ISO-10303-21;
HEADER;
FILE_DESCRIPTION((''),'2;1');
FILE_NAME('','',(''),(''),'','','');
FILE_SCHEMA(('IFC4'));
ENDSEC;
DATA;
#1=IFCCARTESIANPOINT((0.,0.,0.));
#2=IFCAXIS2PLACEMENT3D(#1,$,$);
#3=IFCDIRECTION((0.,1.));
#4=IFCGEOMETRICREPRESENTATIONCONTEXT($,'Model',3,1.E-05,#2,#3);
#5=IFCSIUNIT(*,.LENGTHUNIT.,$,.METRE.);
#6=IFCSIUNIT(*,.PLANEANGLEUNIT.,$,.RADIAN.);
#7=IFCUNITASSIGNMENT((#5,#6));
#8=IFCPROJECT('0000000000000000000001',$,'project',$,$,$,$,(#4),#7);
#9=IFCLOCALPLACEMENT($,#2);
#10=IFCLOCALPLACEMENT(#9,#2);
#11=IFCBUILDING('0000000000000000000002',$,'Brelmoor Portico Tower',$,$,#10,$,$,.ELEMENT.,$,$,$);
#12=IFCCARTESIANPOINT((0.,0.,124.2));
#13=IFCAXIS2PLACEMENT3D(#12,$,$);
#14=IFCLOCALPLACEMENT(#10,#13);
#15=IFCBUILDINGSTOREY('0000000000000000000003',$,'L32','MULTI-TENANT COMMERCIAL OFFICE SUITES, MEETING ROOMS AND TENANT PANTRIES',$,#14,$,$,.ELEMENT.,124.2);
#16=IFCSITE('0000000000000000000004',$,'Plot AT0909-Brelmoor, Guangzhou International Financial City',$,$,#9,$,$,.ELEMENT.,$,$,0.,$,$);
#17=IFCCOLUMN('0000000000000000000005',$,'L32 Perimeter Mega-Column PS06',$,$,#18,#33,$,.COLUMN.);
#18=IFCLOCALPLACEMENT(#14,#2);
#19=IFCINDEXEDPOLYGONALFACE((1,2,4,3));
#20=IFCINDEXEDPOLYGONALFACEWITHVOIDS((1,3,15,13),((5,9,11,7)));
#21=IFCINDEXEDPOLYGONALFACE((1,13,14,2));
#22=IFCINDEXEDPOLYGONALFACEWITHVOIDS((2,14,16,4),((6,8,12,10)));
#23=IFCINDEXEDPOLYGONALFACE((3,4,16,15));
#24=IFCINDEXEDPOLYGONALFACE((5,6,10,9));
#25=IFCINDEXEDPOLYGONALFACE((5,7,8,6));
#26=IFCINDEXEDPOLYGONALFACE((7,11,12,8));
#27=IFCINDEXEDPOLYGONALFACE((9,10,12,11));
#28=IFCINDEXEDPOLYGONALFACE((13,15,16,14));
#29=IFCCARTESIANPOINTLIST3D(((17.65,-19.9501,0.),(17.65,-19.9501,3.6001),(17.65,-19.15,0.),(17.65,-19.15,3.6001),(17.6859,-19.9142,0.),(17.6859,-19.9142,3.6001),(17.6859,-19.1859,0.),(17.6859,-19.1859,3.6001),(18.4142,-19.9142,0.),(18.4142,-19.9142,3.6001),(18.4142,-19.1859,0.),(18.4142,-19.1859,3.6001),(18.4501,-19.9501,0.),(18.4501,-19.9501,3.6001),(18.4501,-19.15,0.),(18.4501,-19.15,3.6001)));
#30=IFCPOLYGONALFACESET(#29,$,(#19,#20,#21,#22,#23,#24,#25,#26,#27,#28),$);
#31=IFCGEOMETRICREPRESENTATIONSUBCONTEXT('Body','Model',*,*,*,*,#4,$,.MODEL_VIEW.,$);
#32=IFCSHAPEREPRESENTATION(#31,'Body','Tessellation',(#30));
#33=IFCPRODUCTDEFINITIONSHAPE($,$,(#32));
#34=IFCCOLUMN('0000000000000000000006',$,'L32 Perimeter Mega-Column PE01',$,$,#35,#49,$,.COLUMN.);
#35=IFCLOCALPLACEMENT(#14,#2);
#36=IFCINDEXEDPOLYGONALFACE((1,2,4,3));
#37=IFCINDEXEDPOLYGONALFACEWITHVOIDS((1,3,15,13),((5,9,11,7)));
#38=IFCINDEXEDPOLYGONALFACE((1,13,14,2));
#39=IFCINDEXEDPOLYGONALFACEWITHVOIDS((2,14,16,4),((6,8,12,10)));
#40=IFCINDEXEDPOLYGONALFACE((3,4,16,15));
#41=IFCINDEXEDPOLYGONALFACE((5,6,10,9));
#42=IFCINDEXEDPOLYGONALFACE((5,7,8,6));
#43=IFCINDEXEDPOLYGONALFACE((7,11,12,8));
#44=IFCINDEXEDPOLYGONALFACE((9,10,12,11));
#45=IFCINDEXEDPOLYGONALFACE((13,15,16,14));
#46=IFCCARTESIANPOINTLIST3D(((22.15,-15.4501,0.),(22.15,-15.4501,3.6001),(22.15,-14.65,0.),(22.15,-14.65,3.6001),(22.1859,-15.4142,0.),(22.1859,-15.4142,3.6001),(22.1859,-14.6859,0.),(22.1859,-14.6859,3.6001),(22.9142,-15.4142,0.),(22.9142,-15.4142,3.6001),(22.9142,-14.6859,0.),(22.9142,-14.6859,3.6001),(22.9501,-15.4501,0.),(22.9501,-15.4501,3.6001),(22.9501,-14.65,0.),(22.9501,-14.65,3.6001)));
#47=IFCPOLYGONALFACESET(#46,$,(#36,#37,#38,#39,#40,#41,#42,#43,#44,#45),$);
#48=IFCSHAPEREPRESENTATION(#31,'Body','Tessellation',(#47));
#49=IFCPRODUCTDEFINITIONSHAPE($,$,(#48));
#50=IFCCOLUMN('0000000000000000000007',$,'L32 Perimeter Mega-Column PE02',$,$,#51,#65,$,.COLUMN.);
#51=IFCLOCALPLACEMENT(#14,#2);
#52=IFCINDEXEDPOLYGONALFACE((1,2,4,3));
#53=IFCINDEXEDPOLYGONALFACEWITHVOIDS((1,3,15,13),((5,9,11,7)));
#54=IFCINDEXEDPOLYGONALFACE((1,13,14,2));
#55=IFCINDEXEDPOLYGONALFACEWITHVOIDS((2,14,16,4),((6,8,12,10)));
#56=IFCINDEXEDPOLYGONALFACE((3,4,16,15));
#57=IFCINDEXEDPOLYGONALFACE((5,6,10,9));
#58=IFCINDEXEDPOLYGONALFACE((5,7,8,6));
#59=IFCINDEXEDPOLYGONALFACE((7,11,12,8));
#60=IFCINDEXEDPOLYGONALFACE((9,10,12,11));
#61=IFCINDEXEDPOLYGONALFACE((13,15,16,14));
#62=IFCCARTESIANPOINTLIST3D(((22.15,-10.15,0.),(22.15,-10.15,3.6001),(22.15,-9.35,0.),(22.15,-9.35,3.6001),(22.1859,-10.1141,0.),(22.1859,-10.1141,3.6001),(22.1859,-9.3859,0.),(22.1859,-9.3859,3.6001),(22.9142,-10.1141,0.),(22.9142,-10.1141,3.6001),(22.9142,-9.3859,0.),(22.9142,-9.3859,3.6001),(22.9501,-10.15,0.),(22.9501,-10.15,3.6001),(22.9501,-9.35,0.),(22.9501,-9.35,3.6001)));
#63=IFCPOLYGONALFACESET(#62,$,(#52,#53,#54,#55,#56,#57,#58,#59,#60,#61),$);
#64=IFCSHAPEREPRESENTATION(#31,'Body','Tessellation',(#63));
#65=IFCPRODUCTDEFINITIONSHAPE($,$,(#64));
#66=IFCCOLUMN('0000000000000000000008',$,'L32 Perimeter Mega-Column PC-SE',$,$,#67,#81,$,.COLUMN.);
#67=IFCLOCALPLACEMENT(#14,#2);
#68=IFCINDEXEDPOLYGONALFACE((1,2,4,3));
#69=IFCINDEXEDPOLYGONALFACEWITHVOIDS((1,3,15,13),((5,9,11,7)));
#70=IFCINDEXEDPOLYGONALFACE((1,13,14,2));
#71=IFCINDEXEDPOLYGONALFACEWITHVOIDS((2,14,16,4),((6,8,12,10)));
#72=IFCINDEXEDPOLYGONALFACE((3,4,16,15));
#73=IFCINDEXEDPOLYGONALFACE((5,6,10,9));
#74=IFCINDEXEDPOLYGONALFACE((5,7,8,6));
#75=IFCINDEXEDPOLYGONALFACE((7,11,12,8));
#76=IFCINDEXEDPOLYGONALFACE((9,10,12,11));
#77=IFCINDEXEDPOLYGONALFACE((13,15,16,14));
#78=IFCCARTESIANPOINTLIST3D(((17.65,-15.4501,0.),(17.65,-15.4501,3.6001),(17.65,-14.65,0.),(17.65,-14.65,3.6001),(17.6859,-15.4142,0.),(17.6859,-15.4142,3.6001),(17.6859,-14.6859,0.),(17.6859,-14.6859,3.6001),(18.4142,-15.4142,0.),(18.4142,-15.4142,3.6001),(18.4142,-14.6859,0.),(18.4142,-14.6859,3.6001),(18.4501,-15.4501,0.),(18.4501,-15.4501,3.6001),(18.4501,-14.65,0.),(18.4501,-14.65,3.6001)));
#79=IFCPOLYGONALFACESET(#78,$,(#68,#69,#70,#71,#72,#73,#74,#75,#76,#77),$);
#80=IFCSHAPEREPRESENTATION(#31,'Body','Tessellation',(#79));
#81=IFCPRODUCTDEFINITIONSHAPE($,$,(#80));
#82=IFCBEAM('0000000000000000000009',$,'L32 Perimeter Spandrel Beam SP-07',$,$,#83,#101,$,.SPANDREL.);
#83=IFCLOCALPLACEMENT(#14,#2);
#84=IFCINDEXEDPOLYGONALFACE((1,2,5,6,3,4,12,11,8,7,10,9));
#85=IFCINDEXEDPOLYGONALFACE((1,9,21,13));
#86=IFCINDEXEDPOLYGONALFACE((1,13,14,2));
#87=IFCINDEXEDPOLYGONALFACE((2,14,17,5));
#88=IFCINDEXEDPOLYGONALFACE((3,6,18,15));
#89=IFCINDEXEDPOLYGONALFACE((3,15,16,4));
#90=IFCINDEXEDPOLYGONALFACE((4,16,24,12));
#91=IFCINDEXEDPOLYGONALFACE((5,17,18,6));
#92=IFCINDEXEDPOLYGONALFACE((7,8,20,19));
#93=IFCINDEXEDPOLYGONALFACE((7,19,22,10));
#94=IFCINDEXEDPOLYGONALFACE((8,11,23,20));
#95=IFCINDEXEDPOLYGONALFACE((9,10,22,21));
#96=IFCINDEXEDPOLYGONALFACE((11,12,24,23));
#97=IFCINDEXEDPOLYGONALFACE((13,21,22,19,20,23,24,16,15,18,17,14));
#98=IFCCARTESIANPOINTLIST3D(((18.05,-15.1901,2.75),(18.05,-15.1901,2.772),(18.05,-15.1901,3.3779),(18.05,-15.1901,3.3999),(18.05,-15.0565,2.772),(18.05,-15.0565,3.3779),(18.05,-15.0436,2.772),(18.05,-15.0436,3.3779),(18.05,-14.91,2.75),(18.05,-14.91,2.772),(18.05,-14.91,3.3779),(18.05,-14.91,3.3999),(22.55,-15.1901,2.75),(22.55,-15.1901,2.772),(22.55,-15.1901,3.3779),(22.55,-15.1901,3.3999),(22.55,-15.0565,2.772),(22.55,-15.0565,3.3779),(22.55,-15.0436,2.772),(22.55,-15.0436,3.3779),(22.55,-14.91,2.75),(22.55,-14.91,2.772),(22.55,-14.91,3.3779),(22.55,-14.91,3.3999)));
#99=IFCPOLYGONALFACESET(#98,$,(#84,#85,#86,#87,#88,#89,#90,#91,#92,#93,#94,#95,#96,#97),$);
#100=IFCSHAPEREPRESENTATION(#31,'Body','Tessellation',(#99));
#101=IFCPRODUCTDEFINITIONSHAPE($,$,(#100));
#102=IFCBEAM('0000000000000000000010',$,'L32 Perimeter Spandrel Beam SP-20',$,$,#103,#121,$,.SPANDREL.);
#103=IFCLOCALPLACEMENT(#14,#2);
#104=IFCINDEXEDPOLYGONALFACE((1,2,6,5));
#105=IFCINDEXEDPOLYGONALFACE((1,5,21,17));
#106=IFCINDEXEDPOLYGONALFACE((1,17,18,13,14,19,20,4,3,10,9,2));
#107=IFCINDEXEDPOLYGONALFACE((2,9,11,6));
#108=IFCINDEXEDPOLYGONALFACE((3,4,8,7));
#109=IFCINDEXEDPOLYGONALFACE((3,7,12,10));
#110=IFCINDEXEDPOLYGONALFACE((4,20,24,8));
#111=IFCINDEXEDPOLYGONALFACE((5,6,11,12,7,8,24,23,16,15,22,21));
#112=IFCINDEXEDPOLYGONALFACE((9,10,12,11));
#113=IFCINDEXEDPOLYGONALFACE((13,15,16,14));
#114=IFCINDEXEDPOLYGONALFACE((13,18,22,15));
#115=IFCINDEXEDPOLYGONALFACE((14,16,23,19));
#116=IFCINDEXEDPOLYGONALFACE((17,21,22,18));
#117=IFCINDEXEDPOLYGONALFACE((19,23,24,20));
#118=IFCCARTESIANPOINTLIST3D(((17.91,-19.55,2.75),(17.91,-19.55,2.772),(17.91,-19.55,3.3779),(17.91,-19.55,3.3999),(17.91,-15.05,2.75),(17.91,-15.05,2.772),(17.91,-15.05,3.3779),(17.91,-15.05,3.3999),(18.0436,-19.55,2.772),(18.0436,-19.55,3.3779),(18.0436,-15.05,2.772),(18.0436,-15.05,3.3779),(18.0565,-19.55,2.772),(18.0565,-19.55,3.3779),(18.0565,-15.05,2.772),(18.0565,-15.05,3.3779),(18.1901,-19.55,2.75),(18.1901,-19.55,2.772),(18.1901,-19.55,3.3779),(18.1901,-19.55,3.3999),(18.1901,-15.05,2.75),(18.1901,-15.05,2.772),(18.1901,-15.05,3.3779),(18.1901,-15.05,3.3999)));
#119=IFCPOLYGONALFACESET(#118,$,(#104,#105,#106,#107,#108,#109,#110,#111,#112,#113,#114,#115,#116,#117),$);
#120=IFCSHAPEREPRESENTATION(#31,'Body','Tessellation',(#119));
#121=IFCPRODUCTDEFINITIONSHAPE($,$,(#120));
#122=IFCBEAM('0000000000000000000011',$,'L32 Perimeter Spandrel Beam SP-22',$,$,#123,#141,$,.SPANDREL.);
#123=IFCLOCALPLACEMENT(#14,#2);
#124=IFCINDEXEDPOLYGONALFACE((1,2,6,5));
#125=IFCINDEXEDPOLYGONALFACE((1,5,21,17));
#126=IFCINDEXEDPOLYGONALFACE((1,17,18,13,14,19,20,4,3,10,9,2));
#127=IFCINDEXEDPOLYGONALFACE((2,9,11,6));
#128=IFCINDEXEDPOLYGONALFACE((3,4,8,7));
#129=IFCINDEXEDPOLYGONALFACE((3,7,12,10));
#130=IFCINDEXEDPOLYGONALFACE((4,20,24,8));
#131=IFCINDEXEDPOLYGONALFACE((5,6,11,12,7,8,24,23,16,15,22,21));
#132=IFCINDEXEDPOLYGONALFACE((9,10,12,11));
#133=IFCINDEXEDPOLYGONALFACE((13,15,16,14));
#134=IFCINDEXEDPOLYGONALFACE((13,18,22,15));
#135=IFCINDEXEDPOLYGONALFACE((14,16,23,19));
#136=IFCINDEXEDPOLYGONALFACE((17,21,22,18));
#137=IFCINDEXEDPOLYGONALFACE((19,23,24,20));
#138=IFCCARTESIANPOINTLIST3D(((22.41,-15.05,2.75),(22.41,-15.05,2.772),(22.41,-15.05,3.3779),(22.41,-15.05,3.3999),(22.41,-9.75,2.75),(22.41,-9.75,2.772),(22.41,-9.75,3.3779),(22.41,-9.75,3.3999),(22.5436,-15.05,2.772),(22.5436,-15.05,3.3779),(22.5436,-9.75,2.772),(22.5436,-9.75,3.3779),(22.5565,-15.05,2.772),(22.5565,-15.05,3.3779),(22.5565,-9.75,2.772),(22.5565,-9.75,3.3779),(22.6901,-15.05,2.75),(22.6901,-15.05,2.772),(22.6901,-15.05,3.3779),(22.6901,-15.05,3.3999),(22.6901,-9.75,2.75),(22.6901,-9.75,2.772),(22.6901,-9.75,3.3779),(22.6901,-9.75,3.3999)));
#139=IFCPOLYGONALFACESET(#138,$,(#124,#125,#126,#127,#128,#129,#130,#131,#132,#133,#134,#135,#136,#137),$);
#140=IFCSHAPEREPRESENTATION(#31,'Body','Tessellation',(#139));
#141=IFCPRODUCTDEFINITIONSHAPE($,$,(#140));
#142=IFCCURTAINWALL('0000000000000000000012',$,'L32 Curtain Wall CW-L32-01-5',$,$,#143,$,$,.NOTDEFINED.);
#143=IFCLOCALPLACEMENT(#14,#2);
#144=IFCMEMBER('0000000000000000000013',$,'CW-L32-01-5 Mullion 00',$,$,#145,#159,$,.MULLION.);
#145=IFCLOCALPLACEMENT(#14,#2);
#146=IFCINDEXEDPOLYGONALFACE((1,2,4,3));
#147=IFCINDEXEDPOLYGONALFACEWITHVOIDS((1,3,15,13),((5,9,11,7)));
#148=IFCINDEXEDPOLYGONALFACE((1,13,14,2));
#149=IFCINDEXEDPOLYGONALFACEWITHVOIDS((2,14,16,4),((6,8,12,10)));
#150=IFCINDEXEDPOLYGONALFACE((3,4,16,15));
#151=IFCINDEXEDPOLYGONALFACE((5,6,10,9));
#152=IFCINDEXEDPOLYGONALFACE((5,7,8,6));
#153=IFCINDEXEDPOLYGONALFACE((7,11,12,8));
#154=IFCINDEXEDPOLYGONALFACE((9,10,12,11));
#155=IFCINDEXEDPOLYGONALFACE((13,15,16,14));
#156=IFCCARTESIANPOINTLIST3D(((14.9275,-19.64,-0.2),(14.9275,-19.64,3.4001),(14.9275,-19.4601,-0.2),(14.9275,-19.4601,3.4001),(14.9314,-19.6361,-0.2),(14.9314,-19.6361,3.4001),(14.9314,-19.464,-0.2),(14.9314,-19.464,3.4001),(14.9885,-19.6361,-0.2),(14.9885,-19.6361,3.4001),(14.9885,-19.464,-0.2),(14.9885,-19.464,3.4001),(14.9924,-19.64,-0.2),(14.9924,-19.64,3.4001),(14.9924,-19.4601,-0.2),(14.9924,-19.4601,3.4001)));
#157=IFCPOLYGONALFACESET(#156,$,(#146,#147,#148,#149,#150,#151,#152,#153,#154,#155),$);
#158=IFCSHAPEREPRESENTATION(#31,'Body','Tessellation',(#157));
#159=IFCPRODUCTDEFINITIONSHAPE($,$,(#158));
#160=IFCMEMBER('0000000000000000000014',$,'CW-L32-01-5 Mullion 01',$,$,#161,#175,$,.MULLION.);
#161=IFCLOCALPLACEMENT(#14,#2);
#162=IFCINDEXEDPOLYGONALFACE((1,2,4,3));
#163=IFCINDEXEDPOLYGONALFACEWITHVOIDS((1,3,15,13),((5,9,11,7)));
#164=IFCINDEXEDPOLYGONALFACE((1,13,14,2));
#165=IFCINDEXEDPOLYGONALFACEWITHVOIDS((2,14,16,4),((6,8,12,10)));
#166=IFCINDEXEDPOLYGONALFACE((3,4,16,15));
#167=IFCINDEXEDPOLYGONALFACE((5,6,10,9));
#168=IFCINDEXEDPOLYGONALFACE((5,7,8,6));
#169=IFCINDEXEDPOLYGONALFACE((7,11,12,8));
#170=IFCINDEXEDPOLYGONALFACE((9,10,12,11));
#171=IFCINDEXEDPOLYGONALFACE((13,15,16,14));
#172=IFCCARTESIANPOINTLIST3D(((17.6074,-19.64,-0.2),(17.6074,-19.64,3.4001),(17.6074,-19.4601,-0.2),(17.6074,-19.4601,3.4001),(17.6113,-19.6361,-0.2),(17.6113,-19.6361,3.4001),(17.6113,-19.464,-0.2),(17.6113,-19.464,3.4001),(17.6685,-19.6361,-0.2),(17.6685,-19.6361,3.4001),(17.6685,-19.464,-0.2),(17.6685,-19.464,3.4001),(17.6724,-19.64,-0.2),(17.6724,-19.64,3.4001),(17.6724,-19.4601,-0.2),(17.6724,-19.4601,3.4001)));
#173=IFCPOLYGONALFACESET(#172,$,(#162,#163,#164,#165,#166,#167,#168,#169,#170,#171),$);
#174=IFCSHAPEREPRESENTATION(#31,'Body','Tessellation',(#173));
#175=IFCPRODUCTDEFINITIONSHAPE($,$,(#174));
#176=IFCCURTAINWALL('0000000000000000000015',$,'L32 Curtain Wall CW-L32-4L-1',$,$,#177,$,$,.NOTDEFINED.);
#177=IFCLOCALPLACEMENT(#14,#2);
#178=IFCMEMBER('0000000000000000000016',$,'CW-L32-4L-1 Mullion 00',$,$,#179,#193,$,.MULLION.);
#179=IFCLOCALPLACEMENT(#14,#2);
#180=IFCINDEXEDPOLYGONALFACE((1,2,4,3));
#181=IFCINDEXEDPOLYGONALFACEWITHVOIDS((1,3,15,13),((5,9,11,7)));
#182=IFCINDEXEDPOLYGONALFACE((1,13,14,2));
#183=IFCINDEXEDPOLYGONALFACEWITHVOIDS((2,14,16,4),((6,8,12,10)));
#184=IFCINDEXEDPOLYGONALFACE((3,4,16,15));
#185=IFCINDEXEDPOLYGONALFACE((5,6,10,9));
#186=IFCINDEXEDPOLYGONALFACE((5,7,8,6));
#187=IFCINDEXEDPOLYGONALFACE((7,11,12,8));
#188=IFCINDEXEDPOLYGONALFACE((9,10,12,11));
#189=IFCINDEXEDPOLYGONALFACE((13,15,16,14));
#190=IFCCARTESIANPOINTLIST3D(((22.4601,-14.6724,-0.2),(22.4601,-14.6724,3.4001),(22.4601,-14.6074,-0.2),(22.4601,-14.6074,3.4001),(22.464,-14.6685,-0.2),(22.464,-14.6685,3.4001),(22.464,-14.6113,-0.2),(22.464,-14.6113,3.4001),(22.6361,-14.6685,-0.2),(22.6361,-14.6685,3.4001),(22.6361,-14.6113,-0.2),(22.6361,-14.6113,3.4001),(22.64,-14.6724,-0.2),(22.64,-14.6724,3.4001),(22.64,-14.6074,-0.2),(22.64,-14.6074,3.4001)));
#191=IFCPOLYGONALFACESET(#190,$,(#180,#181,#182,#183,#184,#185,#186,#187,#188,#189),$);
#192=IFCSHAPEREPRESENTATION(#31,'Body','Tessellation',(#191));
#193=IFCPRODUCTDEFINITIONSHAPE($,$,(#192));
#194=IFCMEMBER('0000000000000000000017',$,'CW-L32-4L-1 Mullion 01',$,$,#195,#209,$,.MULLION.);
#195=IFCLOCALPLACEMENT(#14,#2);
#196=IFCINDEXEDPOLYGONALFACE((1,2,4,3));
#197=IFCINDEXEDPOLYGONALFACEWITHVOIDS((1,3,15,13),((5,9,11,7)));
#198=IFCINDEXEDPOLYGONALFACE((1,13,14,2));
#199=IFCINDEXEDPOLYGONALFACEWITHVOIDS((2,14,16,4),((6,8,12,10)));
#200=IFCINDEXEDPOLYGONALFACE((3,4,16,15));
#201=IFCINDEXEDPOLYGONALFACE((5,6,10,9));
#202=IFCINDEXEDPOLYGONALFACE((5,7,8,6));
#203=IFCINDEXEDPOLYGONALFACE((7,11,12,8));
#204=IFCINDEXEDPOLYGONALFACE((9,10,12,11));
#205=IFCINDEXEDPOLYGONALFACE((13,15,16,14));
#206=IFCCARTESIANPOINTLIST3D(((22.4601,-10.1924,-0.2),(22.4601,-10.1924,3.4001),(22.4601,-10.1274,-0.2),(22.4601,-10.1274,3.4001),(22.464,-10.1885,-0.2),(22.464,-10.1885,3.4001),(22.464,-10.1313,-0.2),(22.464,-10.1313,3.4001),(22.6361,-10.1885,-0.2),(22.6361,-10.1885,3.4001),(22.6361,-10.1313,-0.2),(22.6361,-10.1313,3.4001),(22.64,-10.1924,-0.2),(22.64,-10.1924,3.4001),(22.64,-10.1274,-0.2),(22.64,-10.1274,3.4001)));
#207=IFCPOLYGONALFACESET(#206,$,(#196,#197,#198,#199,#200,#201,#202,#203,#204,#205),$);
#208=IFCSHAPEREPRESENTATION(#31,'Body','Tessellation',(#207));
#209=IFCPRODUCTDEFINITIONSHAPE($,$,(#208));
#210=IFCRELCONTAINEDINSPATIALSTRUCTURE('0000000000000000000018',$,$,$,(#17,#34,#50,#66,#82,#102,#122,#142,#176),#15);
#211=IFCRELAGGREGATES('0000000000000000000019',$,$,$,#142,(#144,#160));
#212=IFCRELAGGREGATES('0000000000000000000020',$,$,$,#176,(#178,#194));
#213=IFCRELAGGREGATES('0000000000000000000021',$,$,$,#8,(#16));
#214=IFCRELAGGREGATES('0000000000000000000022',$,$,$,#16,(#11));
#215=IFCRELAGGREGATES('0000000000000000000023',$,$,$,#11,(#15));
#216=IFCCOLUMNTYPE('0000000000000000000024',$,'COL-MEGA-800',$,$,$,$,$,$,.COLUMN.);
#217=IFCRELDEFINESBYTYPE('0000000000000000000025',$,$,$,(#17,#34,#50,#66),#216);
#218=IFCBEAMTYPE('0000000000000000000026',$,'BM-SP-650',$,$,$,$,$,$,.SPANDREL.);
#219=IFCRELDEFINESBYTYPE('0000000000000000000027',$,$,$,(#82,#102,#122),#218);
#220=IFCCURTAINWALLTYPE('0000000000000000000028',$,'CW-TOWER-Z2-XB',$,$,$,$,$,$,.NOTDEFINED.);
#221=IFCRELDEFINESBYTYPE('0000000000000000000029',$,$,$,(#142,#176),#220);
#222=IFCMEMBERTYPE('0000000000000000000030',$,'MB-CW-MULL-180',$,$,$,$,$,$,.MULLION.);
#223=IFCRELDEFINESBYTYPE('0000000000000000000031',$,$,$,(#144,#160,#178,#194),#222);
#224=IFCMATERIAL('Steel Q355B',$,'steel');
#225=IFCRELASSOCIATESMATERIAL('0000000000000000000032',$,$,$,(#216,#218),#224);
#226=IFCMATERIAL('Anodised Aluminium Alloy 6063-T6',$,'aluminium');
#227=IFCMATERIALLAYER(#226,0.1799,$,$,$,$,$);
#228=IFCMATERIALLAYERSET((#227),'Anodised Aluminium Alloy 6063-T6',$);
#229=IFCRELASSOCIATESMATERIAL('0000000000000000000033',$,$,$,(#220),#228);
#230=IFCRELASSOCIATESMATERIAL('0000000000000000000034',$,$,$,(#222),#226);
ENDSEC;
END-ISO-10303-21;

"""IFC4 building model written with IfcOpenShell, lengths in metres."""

from ifc_helpers import new_model, si_unit, direction, frame, origin, origin_2d, place, context, subcontext, project, spatial, hollow_rectangle, i_section, extrude, material, layer, layer_set, material_profile, profile_set, type_object, element, aggregate, save


model = new_model("IFC4")

# Units and contexts
model_context = context("Model", 3, precision=1e-05, world=origin(), true_north=direction((0.0, 1.0)))
body_context = subcontext(model_context, "Body", "Model", "MODEL_VIEW")
ifc_project = project(units=[si_unit("LENGTHUNIT", "METRE"), si_unit("PLANEANGLEUNIT", "RADIAN")], contexts=[model_context])

# Site, building, storey
site_placement = place(None, origin())
site = spatial("IfcSite", under=ifc_project, at=site_placement, Name="Plot AT0909-Brelmoor, Guangzhou International Financial City", CompositionType="ELEMENT", RefElevation=0.0)
building_placement = place(site_placement, origin())
building = spatial("IfcBuilding", under=site, at=building_placement, Name="Brelmoor Portico Tower", CompositionType="ELEMENT")
storey_placement = place(building_placement, frame((0.0, 0.0, 124.2)))
storey = spatial("IfcBuildingStorey", under=building, at=storey_placement, Name="L32", Description="MULTI-TENANT COMMERCIAL OFFICE SUITES, MEETING ROOMS AND TENANT PANTRIES", CompositionType="ELEMENT", Elevation=124.2)

# Columns
ifc_material_1 = material(Name="Steel Q355B", Category="steel")
ifc_material_profile_1 = material_profile(ifc_material_1, hollow_rectangle(XDim=0.8, YDim=0.8, WallThickness=0.0359, at=origin_2d()), Name="BOX 800x800x36")
ifc_profile_set_1 = profile_set([ifc_material_profile_1], Name="Steel Q355B")
column_type = type_object("IfcColumnType", Name="COL-MEGA-800", PredefinedType="COLUMN", material=ifc_profile_set_1)
for number, where, z_axis, x_axis, name in (
    (1, (18.05, -19.55, 0.0), (0.0, 0.0, 1.0), (1.0, 0.0, 0.0), "L32 Perimeter Mega-Column PS06"),
    (2, (22.55, -15.05, 0.0), (0.0, 0.0, 1.0), (0.0, 1.0, 0.0), "L32 Perimeter Mega-Column PE01"),
    (3, (22.55, -9.75, 0.0), (0.0, 0.0, 1.0), (0.0, 1.0, 0.0), "L32 Perimeter Mega-Column PE02"),
    (4, (18.05, -15.05, 0.0), (0.0, 0.0, 1.0), (1.0, 0.0, 0.0), "L32 Perimeter Mega-Column PC-SE"),
):
    element("IfcColumn", number, at=place(storey_placement, frame(where, z_axis=z_axis, x_axis=x_axis)), inside=storey, type_object=column_type, Name=name, PredefinedType="COLUMN", context=body_context, shape_type="SweptSolid", body=[
        extrude(hollow_rectangle(XDim=0.8, YDim=0.8, WallThickness=0.0359, at=origin_2d()), origin(), (0.0, 0.0, 1.0), 3.6001),
    ])

# Beams
ifc_material_profile_2 = material_profile(ifc_material_1, i_section(OverallWidth=0.28, OverallDepth=0.6499, WebThickness=0.0129, FlangeThickness=0.022, at=origin_2d()), Name="HN 650x280x13x22")
ifc_profile_set_2 = profile_set([ifc_material_profile_2], Name="Steel Q355B")
beam_type = type_object("IfcBeamType", Name="BM-SP-650", PredefinedType="SPANDREL", material=ifc_profile_set_2)
for number, where, z_axis, x_axis, name in (
    (5, (18.05, -15.05, 3.075), (1.0, 0.0, 0.0), (0.0, 1.0, 0.0), "L32 Perimeter Spandrel Beam SP-07"),
    (6, (18.05, -19.55, 3.075), (0.0, 1.0, 0.0), (-1.0, 0.0, 0.0), "L32 Perimeter Spandrel Beam SP-20"),
):
    element("IfcBeam", number, at=place(storey_placement, frame(where, z_axis=z_axis, x_axis=x_axis)), inside=storey, type_object=beam_type, Name=name, PredefinedType="SPANDREL", context=body_context, shape_type="SweptSolid", body=[
        extrude(i_section(OverallWidth=0.28, OverallDepth=0.6499, WebThickness=0.0129, FlangeThickness=0.022, at=origin_2d()), origin(), (0.0, 0.0, 1.0), 4.5),
    ])
beam_placement = place(storey_placement, frame((22.55, -15.05, 3.075), z_axis=(0.0, 1.0, 0.0), x_axis=(-1.0, 0.0, 0.0)))
element("IfcBeam", 7, at=beam_placement, inside=storey, type_object=beam_type, Name="L32 Perimeter Spandrel Beam SP-22", PredefinedType="SPANDREL", context=body_context, shape_type="SweptSolid", body=[
    extrude(i_section(OverallWidth=0.28, OverallDepth=0.6499, WebThickness=0.0129, FlangeThickness=0.022, at=origin_2d()), origin(), (0.0, 0.0, 1.0), 5.3),
])

# Curtain walls, members
ifc_material_2 = material(Name="Anodised Aluminium Alloy 6063-T6", Category="aluminium")
ifc_layer_1 = layer(ifc_material_2, 0.1799)
ifc_layer_set_1 = layer_set([ifc_layer_1], Name="Anodised Aluminium Alloy 6063-T6")
curtain_wall_type = type_object("IfcCurtainWallType", Name="CW-TOWER-Z2-XB", PredefinedType="NOTDEFINED", material=ifc_layer_set_1)
curtain_wall_1_placement = place(storey_placement, origin())
curtain_wall_1 = element("IfcCurtainWall", 8, at=curtain_wall_1_placement, inside=storey, type_object=curtain_wall_type, Name="L32 Curtain Wall CW-L32-01-5", PredefinedType="NOTDEFINED")
ifc_material_profile_3 = material_profile(ifc_material_2, hollow_rectangle(XDim=0.0649, YDim=0.1799, WallThickness=0.0039, at=origin_2d()), Name="ALU MULLION 65x180")
ifc_profile_set_3 = profile_set([ifc_material_profile_3], Name="Anodised Aluminium Alloy 6063-T6")
member_type_1 = type_object("IfcMemberType", Name="MB-CW-MULL-180", PredefinedType="MULLION", material=ifc_profile_set_3)
member_1_placement = place(storey_placement, frame((14.96, -19.55, -0.2), z_axis=(0.0, 0.0, 1.0), x_axis=(1.0, 0.0, 0.0)))
member_1 = element("IfcMember", 9, at=member_1_placement, type_object=member_type_1, Name="CW-L32-01-5 Mullion 00", PredefinedType="MULLION", context=body_context, shape_type="SweptSolid", body=[
    extrude(hollow_rectangle(XDim=0.0649, YDim=0.1799, WallThickness=0.0039, at=origin_2d()), origin(), (0.0, 0.0, 1.0), 3.6001),
])
member_2_placement = place(storey_placement, frame((17.6399, -19.55, -0.2), z_axis=(0.0, 0.0, 1.0), x_axis=(1.0, 0.0, 0.0)))
member_2 = element("IfcMember", 10, at=member_2_placement, type_object=member_type_1, Name="CW-L32-01-5 Mullion 01", PredefinedType="MULLION", context=body_context, shape_type="SweptSolid", body=[
    extrude(hollow_rectangle(XDim=0.0649, YDim=0.1799, WallThickness=0.0039, at=origin_2d()), origin(), (0.0, 0.0, 1.0), 3.6001),
])
curtain_wall_2_placement = place(storey_placement, origin())
curtain_wall_2 = element("IfcCurtainWall", 11, at=curtain_wall_2_placement, inside=storey, type_object=curtain_wall_type, Name="L32 Curtain Wall CW-L32-4L-1", PredefinedType="NOTDEFINED")
member_3_placement = place(storey_placement, frame((22.55, -14.6399, -0.2), z_axis=(0.0, 0.0, 1.0), x_axis=(0.0, 1.0, 0.0)))
member_3 = element("IfcMember", 12, at=member_3_placement, type_object=member_type_1, Name="CW-L32-4L-1 Mullion 00", PredefinedType="MULLION", context=body_context, shape_type="SweptSolid", body=[
    extrude(hollow_rectangle(XDim=0.0649, YDim=0.1799, WallThickness=0.0039, at=origin_2d()), origin(), (0.0, 0.0, 1.0), 3.6001),
])
member_4_placement = place(storey_placement, frame((22.55, -10.1599, -0.2), z_axis=(0.0, 0.0, 1.0), x_axis=(0.0, 1.0, 0.0)))
member_4 = element("IfcMember", 13, at=member_4_placement, type_object=member_type_1, Name="CW-L32-4L-1 Mullion 01", PredefinedType="MULLION", context=body_context, shape_type="SweptSolid", body=[
    extrude(hollow_rectangle(XDim=0.0649, YDim=0.1799, WallThickness=0.0039, at=origin_2d()), origin(), (0.0, 0.0, 1.0), 3.6001),
])

aggregate(curtain_wall_1, [member_1, member_2])
aggregate(curtain_wall_2, [member_3, member_4])

save(model, "model.ifc")
